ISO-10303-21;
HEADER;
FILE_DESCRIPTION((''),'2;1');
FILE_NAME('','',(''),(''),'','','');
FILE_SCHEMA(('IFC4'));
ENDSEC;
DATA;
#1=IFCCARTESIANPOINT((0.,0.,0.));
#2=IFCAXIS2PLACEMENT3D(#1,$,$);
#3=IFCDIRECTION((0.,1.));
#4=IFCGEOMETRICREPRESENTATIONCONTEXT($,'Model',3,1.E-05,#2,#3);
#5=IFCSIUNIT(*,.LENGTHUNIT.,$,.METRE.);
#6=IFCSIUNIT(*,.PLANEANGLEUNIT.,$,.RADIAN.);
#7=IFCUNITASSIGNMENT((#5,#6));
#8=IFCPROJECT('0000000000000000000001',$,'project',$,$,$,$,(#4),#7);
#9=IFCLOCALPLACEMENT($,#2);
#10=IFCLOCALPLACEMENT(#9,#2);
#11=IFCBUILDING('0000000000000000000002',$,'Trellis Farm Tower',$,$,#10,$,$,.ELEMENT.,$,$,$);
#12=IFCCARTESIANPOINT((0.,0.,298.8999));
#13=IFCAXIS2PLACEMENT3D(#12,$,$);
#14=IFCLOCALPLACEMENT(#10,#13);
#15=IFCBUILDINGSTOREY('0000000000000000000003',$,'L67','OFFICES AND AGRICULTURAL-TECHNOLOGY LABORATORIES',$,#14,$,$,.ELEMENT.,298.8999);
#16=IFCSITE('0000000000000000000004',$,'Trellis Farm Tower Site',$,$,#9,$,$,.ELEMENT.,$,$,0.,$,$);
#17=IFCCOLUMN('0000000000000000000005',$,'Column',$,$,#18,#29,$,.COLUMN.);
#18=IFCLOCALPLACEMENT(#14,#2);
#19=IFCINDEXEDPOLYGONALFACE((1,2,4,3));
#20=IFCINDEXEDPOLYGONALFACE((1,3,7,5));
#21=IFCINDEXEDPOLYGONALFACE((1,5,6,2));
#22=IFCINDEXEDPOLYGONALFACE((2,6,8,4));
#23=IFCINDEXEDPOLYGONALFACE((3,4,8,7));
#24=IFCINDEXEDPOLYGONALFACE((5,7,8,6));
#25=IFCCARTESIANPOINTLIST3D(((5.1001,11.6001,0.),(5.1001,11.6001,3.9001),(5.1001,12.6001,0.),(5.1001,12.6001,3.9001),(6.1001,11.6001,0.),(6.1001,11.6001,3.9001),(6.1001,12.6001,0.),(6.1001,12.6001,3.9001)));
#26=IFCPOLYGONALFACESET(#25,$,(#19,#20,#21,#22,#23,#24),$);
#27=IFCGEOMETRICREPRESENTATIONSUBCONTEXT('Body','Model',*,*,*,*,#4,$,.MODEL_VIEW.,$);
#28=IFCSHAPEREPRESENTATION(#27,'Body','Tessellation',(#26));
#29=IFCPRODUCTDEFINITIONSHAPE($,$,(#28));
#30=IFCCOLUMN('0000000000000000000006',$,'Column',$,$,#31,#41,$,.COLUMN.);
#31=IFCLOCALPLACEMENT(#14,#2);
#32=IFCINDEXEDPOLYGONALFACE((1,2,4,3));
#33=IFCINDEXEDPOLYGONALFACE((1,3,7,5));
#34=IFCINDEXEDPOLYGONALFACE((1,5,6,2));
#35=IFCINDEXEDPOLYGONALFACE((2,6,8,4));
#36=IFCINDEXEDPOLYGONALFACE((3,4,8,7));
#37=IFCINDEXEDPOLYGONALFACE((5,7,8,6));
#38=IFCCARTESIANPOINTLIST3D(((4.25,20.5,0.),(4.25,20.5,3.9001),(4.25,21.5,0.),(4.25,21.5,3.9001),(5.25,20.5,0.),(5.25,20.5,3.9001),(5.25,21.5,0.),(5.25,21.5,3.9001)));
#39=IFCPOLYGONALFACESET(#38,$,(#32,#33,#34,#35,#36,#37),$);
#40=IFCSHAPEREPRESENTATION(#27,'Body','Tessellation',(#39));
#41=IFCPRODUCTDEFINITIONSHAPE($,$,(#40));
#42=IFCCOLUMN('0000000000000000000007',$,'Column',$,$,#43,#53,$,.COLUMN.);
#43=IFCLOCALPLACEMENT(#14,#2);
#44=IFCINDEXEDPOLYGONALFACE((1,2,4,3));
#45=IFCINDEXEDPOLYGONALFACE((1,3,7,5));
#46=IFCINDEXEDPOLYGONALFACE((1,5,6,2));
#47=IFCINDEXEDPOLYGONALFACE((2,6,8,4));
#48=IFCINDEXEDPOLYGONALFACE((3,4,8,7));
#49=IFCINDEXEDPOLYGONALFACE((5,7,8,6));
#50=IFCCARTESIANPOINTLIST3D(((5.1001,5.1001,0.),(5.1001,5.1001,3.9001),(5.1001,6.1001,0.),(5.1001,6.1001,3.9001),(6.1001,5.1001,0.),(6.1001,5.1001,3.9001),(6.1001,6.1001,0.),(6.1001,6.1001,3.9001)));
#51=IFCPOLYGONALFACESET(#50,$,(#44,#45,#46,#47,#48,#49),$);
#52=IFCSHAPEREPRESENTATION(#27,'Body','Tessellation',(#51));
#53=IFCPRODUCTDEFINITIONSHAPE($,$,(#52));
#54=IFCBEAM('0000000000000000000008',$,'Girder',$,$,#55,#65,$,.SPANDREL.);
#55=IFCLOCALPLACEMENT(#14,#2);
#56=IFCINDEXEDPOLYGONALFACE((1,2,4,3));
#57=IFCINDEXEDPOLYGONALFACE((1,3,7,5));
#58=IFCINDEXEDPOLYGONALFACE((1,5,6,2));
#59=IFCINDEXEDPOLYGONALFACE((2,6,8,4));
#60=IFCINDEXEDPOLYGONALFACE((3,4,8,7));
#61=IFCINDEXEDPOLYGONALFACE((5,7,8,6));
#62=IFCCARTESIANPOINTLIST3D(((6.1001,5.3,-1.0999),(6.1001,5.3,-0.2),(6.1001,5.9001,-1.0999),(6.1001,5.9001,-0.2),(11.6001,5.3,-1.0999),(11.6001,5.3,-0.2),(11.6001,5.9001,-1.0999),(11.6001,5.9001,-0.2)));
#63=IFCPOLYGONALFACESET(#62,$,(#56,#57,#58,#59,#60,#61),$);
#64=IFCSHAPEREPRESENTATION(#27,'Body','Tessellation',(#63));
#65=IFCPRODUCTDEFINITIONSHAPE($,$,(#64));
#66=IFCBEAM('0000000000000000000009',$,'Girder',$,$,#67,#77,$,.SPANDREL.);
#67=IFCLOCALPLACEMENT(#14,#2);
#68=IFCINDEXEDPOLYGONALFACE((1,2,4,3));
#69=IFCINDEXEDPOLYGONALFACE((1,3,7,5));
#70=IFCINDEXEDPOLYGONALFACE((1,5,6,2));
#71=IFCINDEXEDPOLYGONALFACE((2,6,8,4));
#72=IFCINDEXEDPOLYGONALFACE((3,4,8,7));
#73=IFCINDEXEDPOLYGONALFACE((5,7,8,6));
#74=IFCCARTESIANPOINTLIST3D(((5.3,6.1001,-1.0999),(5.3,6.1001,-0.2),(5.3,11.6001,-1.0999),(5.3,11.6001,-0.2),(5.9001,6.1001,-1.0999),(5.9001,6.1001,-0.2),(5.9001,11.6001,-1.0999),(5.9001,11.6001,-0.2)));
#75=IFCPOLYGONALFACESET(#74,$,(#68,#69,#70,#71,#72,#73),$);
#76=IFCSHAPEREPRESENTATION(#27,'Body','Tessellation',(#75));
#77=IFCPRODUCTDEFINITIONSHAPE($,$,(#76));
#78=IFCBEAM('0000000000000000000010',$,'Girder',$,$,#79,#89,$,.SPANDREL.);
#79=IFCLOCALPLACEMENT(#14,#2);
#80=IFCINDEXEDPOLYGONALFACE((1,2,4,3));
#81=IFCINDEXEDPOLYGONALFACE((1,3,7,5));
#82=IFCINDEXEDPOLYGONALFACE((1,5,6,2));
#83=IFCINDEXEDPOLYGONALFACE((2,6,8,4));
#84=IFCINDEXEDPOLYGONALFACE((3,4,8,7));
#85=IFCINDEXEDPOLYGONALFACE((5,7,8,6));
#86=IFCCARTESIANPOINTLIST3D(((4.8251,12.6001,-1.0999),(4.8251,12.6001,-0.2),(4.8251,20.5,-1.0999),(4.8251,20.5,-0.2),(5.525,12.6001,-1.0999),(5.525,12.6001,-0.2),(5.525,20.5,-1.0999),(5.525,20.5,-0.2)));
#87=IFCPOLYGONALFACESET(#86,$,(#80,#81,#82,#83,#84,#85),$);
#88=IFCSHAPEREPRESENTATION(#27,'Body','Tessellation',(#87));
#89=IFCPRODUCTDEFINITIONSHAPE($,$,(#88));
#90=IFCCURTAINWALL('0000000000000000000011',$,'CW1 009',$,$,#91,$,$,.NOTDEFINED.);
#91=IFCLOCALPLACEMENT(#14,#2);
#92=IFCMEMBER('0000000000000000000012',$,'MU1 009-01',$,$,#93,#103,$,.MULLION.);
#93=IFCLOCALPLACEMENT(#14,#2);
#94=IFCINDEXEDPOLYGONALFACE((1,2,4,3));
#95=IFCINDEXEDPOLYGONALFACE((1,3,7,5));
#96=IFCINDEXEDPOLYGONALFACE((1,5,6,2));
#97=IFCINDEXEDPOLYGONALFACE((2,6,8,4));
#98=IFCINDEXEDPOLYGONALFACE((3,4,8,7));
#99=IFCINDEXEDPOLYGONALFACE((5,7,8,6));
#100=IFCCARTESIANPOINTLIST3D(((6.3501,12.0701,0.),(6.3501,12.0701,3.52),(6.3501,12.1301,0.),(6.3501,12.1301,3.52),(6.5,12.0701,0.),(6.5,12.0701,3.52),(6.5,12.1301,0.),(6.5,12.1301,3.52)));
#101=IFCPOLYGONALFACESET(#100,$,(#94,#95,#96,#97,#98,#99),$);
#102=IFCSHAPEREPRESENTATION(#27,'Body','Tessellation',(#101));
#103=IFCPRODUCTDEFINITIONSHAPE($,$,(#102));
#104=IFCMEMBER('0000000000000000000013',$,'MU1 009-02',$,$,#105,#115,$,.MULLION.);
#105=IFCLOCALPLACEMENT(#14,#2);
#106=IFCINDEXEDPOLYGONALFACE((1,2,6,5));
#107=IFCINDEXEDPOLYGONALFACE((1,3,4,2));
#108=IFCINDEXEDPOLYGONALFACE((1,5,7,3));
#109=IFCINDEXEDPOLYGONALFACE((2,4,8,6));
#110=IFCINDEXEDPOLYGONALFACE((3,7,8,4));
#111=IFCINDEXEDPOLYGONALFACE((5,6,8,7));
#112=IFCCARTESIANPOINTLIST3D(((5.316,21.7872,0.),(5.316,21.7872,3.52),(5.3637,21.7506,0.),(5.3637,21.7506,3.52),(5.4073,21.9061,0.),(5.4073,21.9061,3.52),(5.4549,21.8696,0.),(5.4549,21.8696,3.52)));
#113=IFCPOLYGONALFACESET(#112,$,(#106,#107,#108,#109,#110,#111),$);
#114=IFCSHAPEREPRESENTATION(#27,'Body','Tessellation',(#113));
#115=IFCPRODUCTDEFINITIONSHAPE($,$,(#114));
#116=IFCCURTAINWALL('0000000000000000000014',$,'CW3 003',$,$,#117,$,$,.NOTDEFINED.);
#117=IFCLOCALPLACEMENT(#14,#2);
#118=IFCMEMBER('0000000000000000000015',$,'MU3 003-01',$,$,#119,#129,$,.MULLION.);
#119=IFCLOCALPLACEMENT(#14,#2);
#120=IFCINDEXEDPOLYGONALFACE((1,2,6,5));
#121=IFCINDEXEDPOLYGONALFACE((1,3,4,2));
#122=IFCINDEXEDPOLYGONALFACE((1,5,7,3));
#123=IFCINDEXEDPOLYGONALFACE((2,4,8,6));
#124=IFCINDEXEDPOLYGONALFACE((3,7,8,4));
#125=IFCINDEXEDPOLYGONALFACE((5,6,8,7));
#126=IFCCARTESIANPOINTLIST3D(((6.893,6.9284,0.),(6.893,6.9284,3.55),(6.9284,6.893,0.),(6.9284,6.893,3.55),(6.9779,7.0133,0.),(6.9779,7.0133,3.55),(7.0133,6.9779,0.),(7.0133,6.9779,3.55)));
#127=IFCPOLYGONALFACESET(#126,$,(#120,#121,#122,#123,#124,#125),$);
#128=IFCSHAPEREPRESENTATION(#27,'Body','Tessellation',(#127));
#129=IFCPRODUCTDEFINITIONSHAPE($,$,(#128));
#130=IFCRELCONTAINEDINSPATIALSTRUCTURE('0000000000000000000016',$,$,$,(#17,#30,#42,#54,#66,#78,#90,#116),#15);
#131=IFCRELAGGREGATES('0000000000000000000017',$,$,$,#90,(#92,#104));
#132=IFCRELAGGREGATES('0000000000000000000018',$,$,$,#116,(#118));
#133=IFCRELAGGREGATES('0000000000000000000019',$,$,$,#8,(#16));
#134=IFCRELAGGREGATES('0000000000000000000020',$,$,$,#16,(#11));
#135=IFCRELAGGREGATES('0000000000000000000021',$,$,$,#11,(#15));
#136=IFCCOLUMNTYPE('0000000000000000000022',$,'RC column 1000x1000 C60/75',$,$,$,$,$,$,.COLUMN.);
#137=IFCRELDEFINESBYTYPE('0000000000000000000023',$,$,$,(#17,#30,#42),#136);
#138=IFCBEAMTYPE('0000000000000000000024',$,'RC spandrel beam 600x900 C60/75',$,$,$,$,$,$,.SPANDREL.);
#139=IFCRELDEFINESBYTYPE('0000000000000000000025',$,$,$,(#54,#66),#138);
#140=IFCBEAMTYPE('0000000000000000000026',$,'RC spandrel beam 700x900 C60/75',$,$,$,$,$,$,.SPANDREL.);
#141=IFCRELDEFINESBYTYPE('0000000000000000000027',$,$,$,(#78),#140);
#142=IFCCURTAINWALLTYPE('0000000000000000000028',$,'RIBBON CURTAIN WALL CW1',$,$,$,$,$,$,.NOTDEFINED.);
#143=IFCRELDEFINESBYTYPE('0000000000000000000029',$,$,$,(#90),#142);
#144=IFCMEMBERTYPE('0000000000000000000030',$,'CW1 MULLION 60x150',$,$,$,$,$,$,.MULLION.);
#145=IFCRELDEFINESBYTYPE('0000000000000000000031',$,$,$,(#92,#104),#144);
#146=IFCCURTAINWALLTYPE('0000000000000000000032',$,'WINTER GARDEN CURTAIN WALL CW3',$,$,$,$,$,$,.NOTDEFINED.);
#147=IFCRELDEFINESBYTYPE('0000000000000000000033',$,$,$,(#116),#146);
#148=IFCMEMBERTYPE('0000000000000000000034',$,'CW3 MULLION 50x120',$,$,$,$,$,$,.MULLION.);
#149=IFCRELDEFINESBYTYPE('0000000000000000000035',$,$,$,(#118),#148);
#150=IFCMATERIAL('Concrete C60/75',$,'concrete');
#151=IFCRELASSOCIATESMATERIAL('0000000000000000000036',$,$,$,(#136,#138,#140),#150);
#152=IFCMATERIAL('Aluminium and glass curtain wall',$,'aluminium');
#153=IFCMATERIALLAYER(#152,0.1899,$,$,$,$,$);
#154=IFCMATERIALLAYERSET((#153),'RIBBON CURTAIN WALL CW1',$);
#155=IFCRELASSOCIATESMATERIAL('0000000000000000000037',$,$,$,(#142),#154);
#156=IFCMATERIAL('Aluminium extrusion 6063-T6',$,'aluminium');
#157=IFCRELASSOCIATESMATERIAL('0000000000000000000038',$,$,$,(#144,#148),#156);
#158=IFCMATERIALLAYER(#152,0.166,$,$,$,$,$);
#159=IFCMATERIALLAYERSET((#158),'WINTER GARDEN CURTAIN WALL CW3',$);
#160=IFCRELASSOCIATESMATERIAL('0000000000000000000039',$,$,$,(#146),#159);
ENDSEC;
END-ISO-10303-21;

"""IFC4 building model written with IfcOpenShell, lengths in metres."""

from ifc_helpers import new_model, si_unit, direction, frame, origin, origin_2d, place, context, subcontext, project, spatial, rectangle, extrude, source, transform, mapped, material, layer, layer_set, material_profile, profile_set, type_object, element, aggregate, save


model = new_model("IFC4")

# Units and contexts
model_context = context("Model", 3, precision=1e-05, world=origin(), true_north=direction((0.0, 1.0)))
body_context = subcontext(model_context, "Body", "Model", "MODEL_VIEW")
ifc_project = project(units=[si_unit("LENGTHUNIT", "METRE"), si_unit("PLANEANGLEUNIT", "RADIAN")], contexts=[model_context])

# Site, building, storey
site_placement = place(None, origin())
site = spatial("IfcSite", under=ifc_project, at=site_placement, Name="Trellis Farm Tower Site", CompositionType="ELEMENT", RefElevation=0.0)
building_placement = place(site_placement, origin())
building = spatial("IfcBuilding", under=site, at=building_placement, Name="Trellis Farm Tower", CompositionType="ELEMENT")
storey_placement = place(building_placement, frame((0.0, 0.0, 298.8999)))
storey = spatial("IfcBuildingStorey", under=building, at=storey_placement, Name="L67", Description="OFFICES AND AGRICULTURAL-TECHNOLOGY LABORATORIES", CompositionType="ELEMENT", Elevation=298.8999)

# Columns
ifc_material_1 = material(Name="Concrete C60/75", Category="concrete")
ifc_material_profile_1 = material_profile(ifc_material_1, rectangle(XDim=1.0, YDim=1.0, at=origin_2d()), Name="RC column 1000x1000 C60/75")
ifc_profile_set_1 = profile_set([ifc_material_profile_1], Name="Concrete C60/75")
column_type = type_object("IfcColumnType", Name="RC column 1000x1000 C60/75", PredefinedType="COLUMN", material=ifc_profile_set_1)
shared_shape_1 = source(origin(), body_context, "Body", "SweptSolid", [
    extrude(rectangle(XDim=1.0, YDim=1.0, at=origin_2d()), origin(), (0.0, 0.0, 1.0), 3.9001),
])
for number, where, z_axis, x_axis, name in (
    (1, (5.6001, 12.1001, 0.0), (0.0, 0.0, 1.0), (1.0, 0.0, 0.0), "Column"),
    (2, (4.75, 21.0, 0.0), (0.0, 0.0, 1.0), (1.0, 0.0, 0.0), "Column"),
    (3, (5.6001, 5.6001, 0.0), (0.0, 0.0, 1.0), (1.0, 0.0, 0.0), "Column"),
):
    element("IfcColumn", number, at=place(storey_placement, frame(where, z_axis=z_axis, x_axis=x_axis)), inside=storey, type_object=column_type, Name=name, PredefinedType="COLUMN", context=body_context, shape_type="MappedRepresentation", body=[
        mapped(shared_shape_1, transform((0.0, 0.0, 0.0))),
    ])

# Beams
ifc_material_profile_2 = material_profile(ifc_material_1, rectangle(XDim=0.6001, YDim=0.8999, at=origin_2d()), Name="RC spandrel beam 600x900 C60/75")
ifc_profile_set_2 = profile_set([ifc_material_profile_2], Name="Concrete C60/75")
beam_type_1 = type_object("IfcBeamType", Name="RC spandrel beam 600x900 C60/75", PredefinedType="SPANDREL", material=ifc_profile_set_2)
shared_shape_2 = source(origin(), body_context, "Body", "SweptSolid", [
    extrude(rectangle(XDim=0.6001, YDim=0.8999, at=origin_2d()), origin(), (0.0, 0.0, 1.0), 5.5),
])
for number, where, z_axis, x_axis, name in (
    (4, (6.1001, 5.6001, -0.6499), (1.0, 0.0, 0.0), (0.0, 1.0, 0.0), "Girder"),
    (5, (5.6001, 6.1001, -0.6499), (0.0, 1.0, 0.0), (-1.0, 0.0, 0.0), "Girder"),
):
    element("IfcBeam", number, at=place(storey_placement, frame(where, z_axis=z_axis, x_axis=x_axis)), inside=storey, type_object=beam_type_1, Name=name, PredefinedType="SPANDREL", context=body_context, shape_type="MappedRepresentation", body=[
        mapped(shared_shape_2, transform((0.0, 0.0, 0.0))),
    ])
ifc_material_profile_3 = material_profile(ifc_material_1, rectangle(XDim=0.7, YDim=0.8999, at=origin_2d()), Name="RC spandrel beam 700x900 C60/75")
ifc_profile_set_3 = profile_set([ifc_material_profile_3], Name="Concrete C60/75")
beam_type_2 = type_object("IfcBeamType", Name="RC spandrel beam 700x900 C60/75", PredefinedType="SPANDREL", material=ifc_profile_set_3)
shared_shape_3 = source(origin(), body_context, "Body", "SweptSolid", [
    extrude(rectangle(XDim=0.7, YDim=0.8999, at=origin_2d()), origin(), (0.0, 0.0, 1.0), 7.8999),
])
beam_placement = place(storey_placement, frame((5.175, 12.6001, -0.6499), z_axis=(0.0, 1.0, 0.0), x_axis=(-1.0, 0.0, 0.0)))
element("IfcBeam", 6, at=beam_placement, inside=storey, type_object=beam_type_2, Name="Girder", PredefinedType="SPANDREL", context=body_context, shape_type="MappedRepresentation", body=[
    mapped(shared_shape_3, transform((0.0, 0.0, 0.0))),
])

# Curtain wall, members
ifc_material_2 = material(Name="Aluminium and glass curtain wall", Category="aluminium")
ifc_layer_1 = layer(ifc_material_2, 0.1899)
ifc_layer_set_1 = layer_set([ifc_layer_1], Name="RIBBON CURTAIN WALL CW1")
curtain_wall_type_1 = type_object("IfcCurtainWallType", Name="RIBBON CURTAIN WALL CW1", PredefinedType="NOTDEFINED", material=ifc_layer_set_1)
placement = place(storey_placement, origin())
curtain_wall_1 = element("IfcCurtainWall", 7, at=placement, inside=storey, type_object=curtain_wall_type_1, Name="CW1 009", PredefinedType="NOTDEFINED")
ifc_material_3 = material(Name="Aluminium extrusion 6063-T6", Category="aluminium")
ifc_material_profile_4 = material_profile(ifc_material_3, rectangle(XDim=0.0601, YDim=0.1499, at=origin_2d()), Name="MULLION 60x150")
ifc_profile_set_4 = profile_set([ifc_material_profile_4], Name="Aluminium extrusion 6063-T6")
member_type_1 = type_object("IfcMemberType", Name="CW1 MULLION 60x150", PredefinedType="MULLION", material=ifc_profile_set_4)
shared_shape_4 = source(origin(), body_context, "Body", "SweptSolid", [
    extrude(rectangle(XDim=0.0601, YDim=0.1499, at=origin_2d()), origin(), (0.0, 0.0, 1.0), 3.52),
])
member_1_placement = place(storey_placement, frame((6.425, 12.1001, 0.0), z_axis=(0.0, 0.0, 1.0), x_axis=(0.0, 1.0, 0.0)))
member_1 = element("IfcMember", 8, at=member_1_placement, type_object=member_type_1, Name="MU1 009-01", PredefinedType="MULLION", context=body_context, shape_type="MappedRepresentation", body=[
    mapped(shared_shape_4, transform((0.0, 0.0, 0.0))),
])
member_2_placement = place(storey_placement, frame((5.3855, 21.8284, 0.0), z_axis=(0.0, 0.0, 1.0), x_axis=(-0.793353, 0.608761, 0.0)))
member_2 = element("IfcMember", 9, at=member_2_placement, type_object=member_type_1, Name="MU1 009-02", PredefinedType="MULLION", context=body_context, shape_type="MappedRepresentation", body=[
    mapped(shared_shape_4, transform((0.0, 0.0, 0.0))),
])
aggregate(curtain_wall_1, [member_1, member_2])

# Curtain wall, member
ifc_layer_2 = layer(ifc_material_2, 0.166)
ifc_layer_set_2 = layer_set([ifc_layer_2], Name="WINTER GARDEN CURTAIN WALL CW3")
curtain_wall_type_2 = type_object("IfcCurtainWallType", Name="WINTER GARDEN CURTAIN WALL CW3", PredefinedType="NOTDEFINED", material=ifc_layer_set_2)
curtain_wall_2 = element("IfcCurtainWall", 10, at=placement, inside=storey, type_object=curtain_wall_type_2, Name="CW3 003", PredefinedType="NOTDEFINED")
ifc_material_profile_5 = material_profile(ifc_material_3, rectangle(XDim=0.05, YDim=0.1201, at=origin_2d()), Name="MULLION 50x120")
ifc_profile_set_5 = profile_set([ifc_material_profile_5], Name="Aluminium extrusion 6063-T6")
member_type_2 = type_object("IfcMemberType", Name="CW3 MULLION 50x120", PredefinedType="MULLION", material=ifc_profile_set_5)
shared_shape_5 = source(origin(), body_context, "Body", "SweptSolid", [
    extrude(rectangle(XDim=0.05, YDim=0.1201, at=origin_2d()), origin(), (0.0, 0.0, 1.0), 3.55),
])
member_3_placement = place(storey_placement, frame((6.9531, 6.9531, 0.0), z_axis=(0.0, 0.0, 1.0), x_axis=(-0.707107, 0.707107, 0.0)))
member_3 = element("IfcMember", 11, at=member_3_placement, type_object=member_type_2, Name="MU3 003-01", PredefinedType="MULLION", context=body_context, shape_type="MappedRepresentation", body=[
    mapped(shared_shape_5, transform((0.0, 0.0, 0.0))),
])
aggregate(curtain_wall_2, [member_3])

save(model, "model.ifc")
